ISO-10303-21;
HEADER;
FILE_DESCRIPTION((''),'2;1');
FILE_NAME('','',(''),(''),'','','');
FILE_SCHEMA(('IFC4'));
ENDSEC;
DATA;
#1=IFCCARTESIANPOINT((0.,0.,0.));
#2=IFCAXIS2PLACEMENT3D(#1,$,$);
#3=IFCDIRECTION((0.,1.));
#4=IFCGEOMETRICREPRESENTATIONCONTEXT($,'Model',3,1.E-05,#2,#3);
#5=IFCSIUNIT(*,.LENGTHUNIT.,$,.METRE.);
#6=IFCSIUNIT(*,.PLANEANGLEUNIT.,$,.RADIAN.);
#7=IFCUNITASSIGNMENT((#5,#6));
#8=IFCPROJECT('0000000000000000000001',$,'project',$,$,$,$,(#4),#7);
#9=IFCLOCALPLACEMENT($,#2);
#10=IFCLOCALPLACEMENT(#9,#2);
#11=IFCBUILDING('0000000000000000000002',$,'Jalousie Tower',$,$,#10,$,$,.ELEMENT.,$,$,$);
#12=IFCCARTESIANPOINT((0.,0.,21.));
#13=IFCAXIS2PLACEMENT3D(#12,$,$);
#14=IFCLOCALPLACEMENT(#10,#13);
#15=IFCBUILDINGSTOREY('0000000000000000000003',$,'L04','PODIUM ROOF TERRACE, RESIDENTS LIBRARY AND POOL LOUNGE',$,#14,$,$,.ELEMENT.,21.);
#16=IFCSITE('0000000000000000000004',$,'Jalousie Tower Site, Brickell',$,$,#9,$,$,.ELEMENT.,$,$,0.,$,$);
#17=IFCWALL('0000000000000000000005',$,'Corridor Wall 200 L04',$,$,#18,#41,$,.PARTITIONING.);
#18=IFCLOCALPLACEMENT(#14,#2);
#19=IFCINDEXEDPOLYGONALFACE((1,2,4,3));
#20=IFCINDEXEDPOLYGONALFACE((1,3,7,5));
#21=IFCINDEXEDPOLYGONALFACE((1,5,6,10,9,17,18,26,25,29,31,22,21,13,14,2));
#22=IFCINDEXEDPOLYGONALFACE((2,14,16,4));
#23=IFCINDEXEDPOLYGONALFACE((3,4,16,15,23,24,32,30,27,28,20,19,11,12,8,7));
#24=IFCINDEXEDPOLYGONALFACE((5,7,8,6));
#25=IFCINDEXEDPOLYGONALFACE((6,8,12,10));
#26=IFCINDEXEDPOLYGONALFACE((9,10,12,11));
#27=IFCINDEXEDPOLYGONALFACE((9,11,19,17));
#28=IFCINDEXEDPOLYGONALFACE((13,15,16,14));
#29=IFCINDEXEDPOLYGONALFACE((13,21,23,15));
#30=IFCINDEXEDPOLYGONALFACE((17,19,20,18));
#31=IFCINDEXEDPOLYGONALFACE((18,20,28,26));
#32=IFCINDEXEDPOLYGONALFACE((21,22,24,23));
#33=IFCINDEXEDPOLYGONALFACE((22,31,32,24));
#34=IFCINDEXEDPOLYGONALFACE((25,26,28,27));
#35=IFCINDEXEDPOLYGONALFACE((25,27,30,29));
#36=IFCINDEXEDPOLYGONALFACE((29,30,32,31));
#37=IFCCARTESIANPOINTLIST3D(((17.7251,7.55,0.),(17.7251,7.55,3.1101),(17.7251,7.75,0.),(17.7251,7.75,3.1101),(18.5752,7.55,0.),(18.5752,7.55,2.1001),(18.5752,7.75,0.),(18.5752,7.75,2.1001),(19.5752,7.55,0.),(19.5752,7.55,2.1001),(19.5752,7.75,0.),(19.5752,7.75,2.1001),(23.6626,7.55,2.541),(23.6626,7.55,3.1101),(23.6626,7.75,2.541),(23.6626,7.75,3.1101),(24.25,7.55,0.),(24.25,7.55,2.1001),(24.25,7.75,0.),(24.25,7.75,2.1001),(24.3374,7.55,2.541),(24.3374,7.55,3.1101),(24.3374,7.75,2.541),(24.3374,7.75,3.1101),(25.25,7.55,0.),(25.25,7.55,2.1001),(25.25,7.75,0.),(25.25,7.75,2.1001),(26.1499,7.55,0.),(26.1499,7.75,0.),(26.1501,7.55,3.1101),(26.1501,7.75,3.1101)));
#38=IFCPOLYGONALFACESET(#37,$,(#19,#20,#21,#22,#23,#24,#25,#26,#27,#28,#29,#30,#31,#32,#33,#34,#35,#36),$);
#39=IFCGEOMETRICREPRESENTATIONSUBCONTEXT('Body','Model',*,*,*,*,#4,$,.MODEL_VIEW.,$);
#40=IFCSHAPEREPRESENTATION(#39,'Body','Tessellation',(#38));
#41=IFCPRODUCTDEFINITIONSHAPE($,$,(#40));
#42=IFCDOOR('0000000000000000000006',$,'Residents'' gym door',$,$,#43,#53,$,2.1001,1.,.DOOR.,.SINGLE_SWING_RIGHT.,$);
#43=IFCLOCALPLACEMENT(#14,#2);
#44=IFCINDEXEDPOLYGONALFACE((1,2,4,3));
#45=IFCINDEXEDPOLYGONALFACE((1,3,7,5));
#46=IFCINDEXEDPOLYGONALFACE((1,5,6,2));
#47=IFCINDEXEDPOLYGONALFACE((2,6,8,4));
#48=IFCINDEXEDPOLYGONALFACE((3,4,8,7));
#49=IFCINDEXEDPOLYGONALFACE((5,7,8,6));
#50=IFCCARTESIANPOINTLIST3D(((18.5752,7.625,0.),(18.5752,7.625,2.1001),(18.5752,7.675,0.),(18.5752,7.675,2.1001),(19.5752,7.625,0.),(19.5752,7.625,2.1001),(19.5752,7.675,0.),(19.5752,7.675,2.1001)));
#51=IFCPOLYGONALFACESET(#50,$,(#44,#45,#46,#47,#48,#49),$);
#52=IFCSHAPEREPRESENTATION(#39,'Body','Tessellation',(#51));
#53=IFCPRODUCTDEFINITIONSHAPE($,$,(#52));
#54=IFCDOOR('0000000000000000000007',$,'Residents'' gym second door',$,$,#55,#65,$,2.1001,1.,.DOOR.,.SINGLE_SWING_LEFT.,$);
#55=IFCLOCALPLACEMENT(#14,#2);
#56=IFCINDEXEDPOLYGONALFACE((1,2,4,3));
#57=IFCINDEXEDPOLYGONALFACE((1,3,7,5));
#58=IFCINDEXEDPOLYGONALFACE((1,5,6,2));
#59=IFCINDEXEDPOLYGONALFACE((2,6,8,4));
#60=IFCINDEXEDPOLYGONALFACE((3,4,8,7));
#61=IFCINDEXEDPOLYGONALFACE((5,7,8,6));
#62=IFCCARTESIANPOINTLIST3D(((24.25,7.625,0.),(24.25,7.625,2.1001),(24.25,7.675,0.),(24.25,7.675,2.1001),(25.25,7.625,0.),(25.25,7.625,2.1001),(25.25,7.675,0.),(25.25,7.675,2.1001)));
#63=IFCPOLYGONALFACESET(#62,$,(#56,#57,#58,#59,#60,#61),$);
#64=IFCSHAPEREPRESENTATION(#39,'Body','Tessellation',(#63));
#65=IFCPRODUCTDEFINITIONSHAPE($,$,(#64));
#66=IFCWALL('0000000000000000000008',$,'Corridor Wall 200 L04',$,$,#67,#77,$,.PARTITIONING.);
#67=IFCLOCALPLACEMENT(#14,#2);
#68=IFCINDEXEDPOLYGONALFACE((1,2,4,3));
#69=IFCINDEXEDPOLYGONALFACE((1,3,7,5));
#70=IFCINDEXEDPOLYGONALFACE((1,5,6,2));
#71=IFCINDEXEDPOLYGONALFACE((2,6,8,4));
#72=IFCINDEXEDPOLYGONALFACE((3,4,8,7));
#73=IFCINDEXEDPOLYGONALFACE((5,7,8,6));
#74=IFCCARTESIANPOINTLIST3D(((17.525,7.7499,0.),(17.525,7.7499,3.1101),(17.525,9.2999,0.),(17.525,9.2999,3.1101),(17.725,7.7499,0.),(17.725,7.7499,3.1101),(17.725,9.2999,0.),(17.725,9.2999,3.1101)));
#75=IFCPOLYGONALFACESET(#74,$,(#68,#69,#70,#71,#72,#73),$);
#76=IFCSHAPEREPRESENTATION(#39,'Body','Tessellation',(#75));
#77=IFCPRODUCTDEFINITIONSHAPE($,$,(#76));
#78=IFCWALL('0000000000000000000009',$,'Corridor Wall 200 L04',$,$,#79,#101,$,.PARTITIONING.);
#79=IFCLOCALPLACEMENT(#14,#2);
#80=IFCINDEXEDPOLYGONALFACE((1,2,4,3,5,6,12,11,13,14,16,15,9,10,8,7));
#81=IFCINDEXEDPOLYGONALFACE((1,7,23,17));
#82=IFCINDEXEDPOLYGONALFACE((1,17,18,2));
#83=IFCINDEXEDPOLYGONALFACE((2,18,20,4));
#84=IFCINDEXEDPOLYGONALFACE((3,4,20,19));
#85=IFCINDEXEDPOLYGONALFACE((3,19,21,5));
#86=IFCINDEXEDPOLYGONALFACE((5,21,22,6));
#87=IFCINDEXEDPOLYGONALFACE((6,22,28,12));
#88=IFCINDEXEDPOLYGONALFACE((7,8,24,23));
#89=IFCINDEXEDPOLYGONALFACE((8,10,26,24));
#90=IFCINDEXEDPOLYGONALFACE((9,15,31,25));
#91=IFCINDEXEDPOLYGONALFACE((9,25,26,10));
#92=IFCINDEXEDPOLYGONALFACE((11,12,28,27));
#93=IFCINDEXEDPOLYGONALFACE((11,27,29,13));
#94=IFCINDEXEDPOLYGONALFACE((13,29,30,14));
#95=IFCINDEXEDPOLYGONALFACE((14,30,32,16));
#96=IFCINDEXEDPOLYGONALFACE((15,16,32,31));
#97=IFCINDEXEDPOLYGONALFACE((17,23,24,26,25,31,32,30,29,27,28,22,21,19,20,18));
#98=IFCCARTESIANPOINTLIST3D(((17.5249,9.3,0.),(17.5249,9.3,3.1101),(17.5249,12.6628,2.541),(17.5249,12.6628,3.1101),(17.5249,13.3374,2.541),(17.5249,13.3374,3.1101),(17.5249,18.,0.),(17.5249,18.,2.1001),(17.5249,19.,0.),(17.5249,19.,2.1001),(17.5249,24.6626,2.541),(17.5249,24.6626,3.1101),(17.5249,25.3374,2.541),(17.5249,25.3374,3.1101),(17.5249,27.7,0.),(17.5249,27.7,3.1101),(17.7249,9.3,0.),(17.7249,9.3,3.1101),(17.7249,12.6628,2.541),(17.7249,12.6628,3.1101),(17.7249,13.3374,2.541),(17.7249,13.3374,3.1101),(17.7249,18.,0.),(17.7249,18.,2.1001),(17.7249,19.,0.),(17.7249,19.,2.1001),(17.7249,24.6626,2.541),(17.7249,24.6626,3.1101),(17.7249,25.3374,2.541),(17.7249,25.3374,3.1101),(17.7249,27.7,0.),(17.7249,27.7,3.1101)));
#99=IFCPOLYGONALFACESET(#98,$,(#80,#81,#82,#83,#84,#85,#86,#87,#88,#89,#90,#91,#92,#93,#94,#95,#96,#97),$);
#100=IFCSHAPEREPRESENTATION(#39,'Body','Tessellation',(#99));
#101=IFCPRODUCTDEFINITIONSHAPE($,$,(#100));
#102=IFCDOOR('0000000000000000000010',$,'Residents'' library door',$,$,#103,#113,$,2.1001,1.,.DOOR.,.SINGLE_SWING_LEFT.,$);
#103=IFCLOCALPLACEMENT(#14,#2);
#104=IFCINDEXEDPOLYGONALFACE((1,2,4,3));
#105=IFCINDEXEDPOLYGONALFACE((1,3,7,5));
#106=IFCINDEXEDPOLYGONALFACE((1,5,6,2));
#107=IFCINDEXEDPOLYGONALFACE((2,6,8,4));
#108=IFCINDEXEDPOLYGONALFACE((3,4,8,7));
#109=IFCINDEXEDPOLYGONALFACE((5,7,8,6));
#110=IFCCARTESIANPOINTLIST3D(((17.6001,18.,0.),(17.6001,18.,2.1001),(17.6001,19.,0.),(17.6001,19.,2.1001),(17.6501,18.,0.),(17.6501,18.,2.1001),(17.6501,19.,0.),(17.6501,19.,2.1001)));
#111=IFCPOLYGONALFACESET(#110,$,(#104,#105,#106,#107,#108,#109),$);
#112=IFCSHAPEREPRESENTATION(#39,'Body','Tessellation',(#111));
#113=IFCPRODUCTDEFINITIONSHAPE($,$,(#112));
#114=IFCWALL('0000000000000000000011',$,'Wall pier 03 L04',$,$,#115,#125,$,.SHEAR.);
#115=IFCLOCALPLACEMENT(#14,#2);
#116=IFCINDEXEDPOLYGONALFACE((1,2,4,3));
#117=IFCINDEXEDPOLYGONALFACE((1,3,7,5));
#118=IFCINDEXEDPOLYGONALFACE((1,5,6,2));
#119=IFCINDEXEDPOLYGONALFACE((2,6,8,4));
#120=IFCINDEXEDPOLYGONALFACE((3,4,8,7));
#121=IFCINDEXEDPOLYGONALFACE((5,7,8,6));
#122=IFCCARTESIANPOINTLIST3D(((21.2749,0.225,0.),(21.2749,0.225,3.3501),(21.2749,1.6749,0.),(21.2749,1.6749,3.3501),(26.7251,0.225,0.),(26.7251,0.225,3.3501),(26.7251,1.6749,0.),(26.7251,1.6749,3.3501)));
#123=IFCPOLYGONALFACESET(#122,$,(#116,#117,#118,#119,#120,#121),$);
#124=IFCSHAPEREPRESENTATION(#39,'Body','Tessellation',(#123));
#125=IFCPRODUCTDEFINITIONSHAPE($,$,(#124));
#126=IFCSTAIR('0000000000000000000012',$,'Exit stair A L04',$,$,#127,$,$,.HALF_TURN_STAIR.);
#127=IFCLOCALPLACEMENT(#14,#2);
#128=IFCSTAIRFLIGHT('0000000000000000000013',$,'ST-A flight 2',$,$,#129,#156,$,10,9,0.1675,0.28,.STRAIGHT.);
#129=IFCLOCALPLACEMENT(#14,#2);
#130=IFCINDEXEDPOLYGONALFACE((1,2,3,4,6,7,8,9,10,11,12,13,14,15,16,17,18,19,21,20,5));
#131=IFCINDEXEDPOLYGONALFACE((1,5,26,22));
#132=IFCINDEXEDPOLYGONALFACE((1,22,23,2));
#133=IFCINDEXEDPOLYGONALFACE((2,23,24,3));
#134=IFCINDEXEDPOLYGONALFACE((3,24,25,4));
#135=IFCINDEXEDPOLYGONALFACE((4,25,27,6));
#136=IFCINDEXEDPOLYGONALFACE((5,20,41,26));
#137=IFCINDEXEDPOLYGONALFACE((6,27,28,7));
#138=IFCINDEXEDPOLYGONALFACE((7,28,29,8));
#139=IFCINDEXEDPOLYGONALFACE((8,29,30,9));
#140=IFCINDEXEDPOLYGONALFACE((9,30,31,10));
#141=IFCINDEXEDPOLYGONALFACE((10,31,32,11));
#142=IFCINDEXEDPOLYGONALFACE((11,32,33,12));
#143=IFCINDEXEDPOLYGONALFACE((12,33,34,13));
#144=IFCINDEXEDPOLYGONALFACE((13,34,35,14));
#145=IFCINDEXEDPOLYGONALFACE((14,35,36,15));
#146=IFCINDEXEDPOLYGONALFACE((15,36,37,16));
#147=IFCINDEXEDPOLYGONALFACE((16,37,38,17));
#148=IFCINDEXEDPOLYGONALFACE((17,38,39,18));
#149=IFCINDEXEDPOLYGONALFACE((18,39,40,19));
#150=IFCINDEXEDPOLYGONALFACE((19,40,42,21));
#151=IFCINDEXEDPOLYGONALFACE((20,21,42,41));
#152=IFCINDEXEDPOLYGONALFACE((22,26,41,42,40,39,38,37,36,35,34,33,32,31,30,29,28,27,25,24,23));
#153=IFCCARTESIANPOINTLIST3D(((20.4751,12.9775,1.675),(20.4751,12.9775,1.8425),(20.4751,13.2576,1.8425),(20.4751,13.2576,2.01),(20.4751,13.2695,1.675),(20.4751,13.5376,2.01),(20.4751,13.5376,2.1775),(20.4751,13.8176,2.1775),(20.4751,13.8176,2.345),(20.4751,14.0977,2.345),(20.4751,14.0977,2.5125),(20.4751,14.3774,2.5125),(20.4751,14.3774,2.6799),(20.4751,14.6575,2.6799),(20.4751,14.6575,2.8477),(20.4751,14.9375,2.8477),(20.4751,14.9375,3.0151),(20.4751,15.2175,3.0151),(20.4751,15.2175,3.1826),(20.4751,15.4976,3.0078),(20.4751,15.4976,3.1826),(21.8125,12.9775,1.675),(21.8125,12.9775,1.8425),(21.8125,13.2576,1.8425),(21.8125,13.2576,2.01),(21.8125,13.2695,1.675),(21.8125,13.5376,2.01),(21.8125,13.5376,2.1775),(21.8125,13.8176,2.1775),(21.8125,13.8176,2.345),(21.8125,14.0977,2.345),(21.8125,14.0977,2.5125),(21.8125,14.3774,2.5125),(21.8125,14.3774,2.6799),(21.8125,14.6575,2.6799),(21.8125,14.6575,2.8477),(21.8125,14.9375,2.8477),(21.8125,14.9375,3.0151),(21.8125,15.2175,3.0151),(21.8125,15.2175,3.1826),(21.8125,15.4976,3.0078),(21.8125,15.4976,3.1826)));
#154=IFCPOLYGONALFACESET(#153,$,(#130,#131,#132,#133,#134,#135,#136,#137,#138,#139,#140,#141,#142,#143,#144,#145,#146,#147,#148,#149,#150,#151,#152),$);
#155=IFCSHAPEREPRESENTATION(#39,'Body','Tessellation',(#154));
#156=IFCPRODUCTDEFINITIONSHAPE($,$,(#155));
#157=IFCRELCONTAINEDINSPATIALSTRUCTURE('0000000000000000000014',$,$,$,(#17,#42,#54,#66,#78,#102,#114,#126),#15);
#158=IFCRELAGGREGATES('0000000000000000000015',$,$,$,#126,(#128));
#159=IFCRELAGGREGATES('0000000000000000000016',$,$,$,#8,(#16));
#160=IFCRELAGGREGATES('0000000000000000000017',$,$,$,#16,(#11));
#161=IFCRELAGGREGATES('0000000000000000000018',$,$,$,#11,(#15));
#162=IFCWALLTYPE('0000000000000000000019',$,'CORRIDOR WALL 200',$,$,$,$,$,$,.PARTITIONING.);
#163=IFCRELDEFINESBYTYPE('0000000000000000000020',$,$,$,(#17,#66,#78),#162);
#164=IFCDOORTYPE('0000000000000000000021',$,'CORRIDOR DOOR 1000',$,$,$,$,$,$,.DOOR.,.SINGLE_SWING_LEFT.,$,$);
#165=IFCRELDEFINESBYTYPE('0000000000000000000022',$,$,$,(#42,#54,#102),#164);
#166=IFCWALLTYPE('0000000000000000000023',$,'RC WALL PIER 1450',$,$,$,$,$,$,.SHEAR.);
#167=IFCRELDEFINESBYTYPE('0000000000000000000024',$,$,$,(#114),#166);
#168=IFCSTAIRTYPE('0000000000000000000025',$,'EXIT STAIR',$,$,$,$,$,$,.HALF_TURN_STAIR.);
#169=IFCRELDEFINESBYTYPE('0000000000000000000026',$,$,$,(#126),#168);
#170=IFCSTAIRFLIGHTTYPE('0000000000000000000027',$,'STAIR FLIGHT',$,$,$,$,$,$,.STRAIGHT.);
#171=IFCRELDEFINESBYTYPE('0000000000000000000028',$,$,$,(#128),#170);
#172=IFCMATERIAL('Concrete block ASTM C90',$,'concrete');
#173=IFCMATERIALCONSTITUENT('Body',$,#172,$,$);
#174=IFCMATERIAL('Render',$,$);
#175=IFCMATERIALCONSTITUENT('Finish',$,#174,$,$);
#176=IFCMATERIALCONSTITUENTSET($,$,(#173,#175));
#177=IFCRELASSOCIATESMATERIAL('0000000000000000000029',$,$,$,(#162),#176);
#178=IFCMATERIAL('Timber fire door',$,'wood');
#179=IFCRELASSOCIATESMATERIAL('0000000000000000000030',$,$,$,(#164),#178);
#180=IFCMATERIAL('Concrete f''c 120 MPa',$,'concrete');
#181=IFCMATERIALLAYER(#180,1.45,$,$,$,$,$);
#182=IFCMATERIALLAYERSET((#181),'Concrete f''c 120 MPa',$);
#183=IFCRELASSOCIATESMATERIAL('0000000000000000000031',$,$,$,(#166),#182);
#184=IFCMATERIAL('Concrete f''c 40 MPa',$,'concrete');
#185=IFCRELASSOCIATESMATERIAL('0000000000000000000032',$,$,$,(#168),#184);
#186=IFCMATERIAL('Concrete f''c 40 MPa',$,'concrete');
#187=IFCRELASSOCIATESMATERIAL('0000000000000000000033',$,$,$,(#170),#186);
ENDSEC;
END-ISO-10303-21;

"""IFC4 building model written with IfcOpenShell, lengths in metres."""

from ifc_helpers import new_model, si_unit, direction, frame, frame_2d, origin, place, context, subcontext, project, spatial, polyline, rectangle, outline, extrude, material, layer, layer_set, constituent, constituent_set, type_object, element, fill, aggregate, save


model = new_model("IFC4")

# Units and contexts
model_context = context("Model", 3, precision=1e-05, world=origin(), true_north=direction((0.0, 1.0)))
body_context = subcontext(model_context, "Body", "Model", "MODEL_VIEW")
ifc_project = project(units=[si_unit("LENGTHUNIT", "METRE"), si_unit("PLANEANGLEUNIT", "RADIAN")], contexts=[model_context])

# Site, building, storey
site_placement = place(None, origin())
site = spatial("IfcSite", under=ifc_project, at=site_placement, Name="Jalousie Tower Site, Brickell", CompositionType="ELEMENT", RefElevation=0.0)
building_placement = place(site_placement, origin())
building = spatial("IfcBuilding", under=site, at=building_placement, Name="Jalousie Tower", CompositionType="ELEMENT")
storey_placement = place(building_placement, frame((0.0, 0.0, 21.0)))
storey = spatial("IfcBuildingStorey", under=building, at=storey_placement, Name="L04", Description="PODIUM ROOF TERRACE, RESIDENTS LIBRARY AND POOL LOUNGE", CompositionType="ELEMENT", Elevation=21.0)

# Wall, openings, doors
ifc_material_1 = material(Name="Concrete block ASTM C90", Category="concrete")
ifc_constituent_1 = constituent(ifc_material_1, Name="Body")
ifc_material_2 = material(Name="Render")
ifc_constituent_2 = constituent(ifc_material_2, Name="Finish")
ifc_constituent_set_1 = constituent_set(constituents=[ifc_constituent_1, ifc_constituent_2])
wall_type_1 = type_object("IfcWallType", Name="CORRIDOR WALL 200", PredefinedType="PARTITIONING", material=ifc_constituent_set_1)
wall_1_placement = place(storey_placement, frame((17.7251, 7.6499, 0.0), z_axis=(0.0, 0.0, 1.0), x_axis=(1.0, 0.0, 0.0)))
wall_1 = element("IfcWall", 1, at=wall_1_placement, inside=storey, type_object=wall_type_1, Name="Corridor Wall 200 L04", PredefinedType="PARTITIONING", context=body_context, shape_type="SweptSolid", body=[
    extrude(outline(polyline([(0.0, 0.0), (8.4248, 0.0), (8.425, 3.1101), (6.6123, 3.1101), (6.6123, 2.541), (5.9375, 2.541), (5.9375, 3.1101), (0.0, 3.1101), (0.0, 0.0)])), frame((0.0, 0.1001, 0.0), z_axis=(0.0, -1.0, 0.0), x_axis=(1.0, 0.0, 0.0)), (0.0, 0.0, 1.0), 0.2),
])
opening_1_placement = place(wall_1_placement, frame((0.8501, 0.0, 0.0)))
opening_1 = element("IfcOpeningElement", 2, at=opening_1_placement, cuts=wall_1, PredefinedType="OPENING", context=body_context, shape_type="SweptSolid", body=[
    extrude(rectangle(XDim=1.0, YDim=2.1001, at=frame_2d((0.5, 1.05))), frame((0.0, 0.1099, 0.0), z_axis=(0.0, -1.0, 0.0), x_axis=(1.0, 0.0, 0.0)), (0.0, 0.0, 1.0), 0.22),
])
opening_2_placement = place(wall_1_placement, frame((6.5249, 0.0, 0.0)))
opening_2 = element("IfcOpeningElement", 3, at=opening_2_placement, cuts=wall_1, PredefinedType="OPENING", context=body_context, shape_type="SweptSolid", body=[
    extrude(rectangle(XDim=1.0, YDim=2.1001, at=frame_2d((0.5, 1.05))), frame((0.0, 0.1099, 0.0), z_axis=(0.0, -1.0, 0.0), x_axis=(1.0, 0.0, 0.0)), (0.0, 0.0, 1.0), 0.22),
])
ifc_material_3 = material(Name="Timber fire door", Category="wood")
door_type_1 = type_object("IfcDoorType", Name="CORRIDOR DOOR 1000", OperationType="SINGLE_SWING_LEFT", PredefinedType="DOOR", material=ifc_material_3)
door_1_placement = place(opening_1_placement, frame((1.0, 0.0, 0.0), z_axis=(0.0, 0.0, 1.0), x_axis=(-1.0, 0.0, 0.0)))
door_1 = element("IfcDoor", 4, at=door_1_placement, inside=storey, type_object=door_type_1, Name="Residents' gym door", OperationType="SINGLE_SWING_RIGHT", OverallHeight=2.1001, OverallWidth=1.0, PredefinedType="DOOR", context=body_context, shape_type="SweptSolid", body=[
    extrude(rectangle(XDim=1.0, YDim=2.1001, at=frame_2d((0.5, 1.05))), frame((0.0, 0.0249, 0.0), z_axis=(0.0, -1.0, 0.0), x_axis=(1.0, 0.0, 0.0)), (0.0, 0.0, 1.0), 0.05),
])
fill(opening_1, door_1)
door_2_placement = place(opening_2_placement, frame((1.0, 0.0, 0.0), z_axis=(0.0, 0.0, 1.0), x_axis=(-1.0, 0.0, 0.0)))
door_2 = element("IfcDoor", 5, at=door_2_placement, inside=storey, type_object=door_type_1, Name="Residents' gym second door", OperationType="SINGLE_SWING_LEFT", OverallHeight=2.1001, OverallWidth=1.0, PredefinedType="DOOR", context=body_context, shape_type="SweptSolid", body=[
    extrude(rectangle(XDim=1.0, YDim=2.1001, at=frame_2d((0.5, 1.05))), frame((0.0, 0.0249, 0.0), z_axis=(0.0, -1.0, 0.0), x_axis=(1.0, 0.0, 0.0)), (0.0, 0.0, 1.0), 0.05),
])
fill(opening_2, door_2)

# Wall
wall_2_placement = place(storey_placement, frame((17.625, 7.75, 0.0), z_axis=(0.0, 0.0, 1.0), x_axis=(0.0, 1.0, 0.0)))
element("IfcWall", 6, at=wall_2_placement, inside=storey, type_object=wall_type_1, Name="Corridor Wall 200 L04", PredefinedType="PARTITIONING", context=body_context, shape_type="SweptSolid", body=[
    extrude(rectangle(XDim=1.55, YDim=0.2, at=frame_2d((0.7749, 0.0))), origin(), (0.0, 0.0, 1.0), 3.1101),
])

# Wall, opening, door
wall_3_placement = place(storey_placement, frame((17.625, 9.3, 0.0), z_axis=(0.0, 0.0, 1.0), x_axis=(0.0, 1.0, 0.0)))
wall_3 = element("IfcWall", 7, at=wall_3_placement, inside=storey, type_object=wall_type_1, Name="Corridor Wall 200 L04", PredefinedType="PARTITIONING", context=body_context, shape_type="SweptSolid", body=[
    extrude(outline(polyline([(0.0, 0.0), (18.3999, 0.0), (18.3999, 3.1101), (16.0374, 3.1101), (16.0374, 2.541), (15.3625, 2.541), (15.3625, 3.1101), (4.0374, 3.1101), (4.0374, 2.541), (3.3628, 2.541), (3.3628, 3.1101), (0.0, 3.1101), (0.0, 0.0)])), frame((0.0, 0.1001, 0.0), z_axis=(0.0, -1.0, 0.0), x_axis=(1.0, 0.0, 0.0)), (0.0, 0.0, 1.0), 0.2),
])
opening_3_placement = place(wall_3_placement, frame((8.7, 0.0, 0.0)))
opening_3 = element("IfcOpeningElement", 8, at=opening_3_placement, cuts=wall_3, PredefinedType="OPENING", context=body_context, shape_type="SweptSolid", body=[
    extrude(rectangle(XDim=1.0, YDim=2.1001, at=frame_2d((0.5, 1.05))), frame((0.0, 0.1099, 0.0), z_axis=(0.0, -1.0, 0.0), x_axis=(1.0, 0.0, 0.0)), (0.0, 0.0, 1.0), 0.22),
])
door_3_placement = place(opening_3_placement, origin())
door_3 = element("IfcDoor", 9, at=door_3_placement, inside=storey, type_object=door_type_1, Name="Residents' library door", OperationType="SINGLE_SWING_LEFT", OverallHeight=2.1001, OverallWidth=1.0, PredefinedType="DOOR", context=body_context, shape_type="SweptSolid", body=[
    extrude(rectangle(XDim=1.0, YDim=2.1001, at=frame_2d((0.5, 1.05))), frame((0.0, 0.0249, 0.0), z_axis=(0.0, -1.0, 0.0), x_axis=(1.0, 0.0, 0.0)), (0.0, 0.0, 1.0), 0.05),
])
fill(opening_3, door_3)

# Wall
ifc_material_4 = material(Name="Concrete f'c 120 MPa", Category="concrete")
ifc_layer_1 = layer(ifc_material_4, 1.45)
ifc_layer_set_1 = layer_set([ifc_layer_1], Name="Concrete f'c 120 MPa")
wall_type_2 = type_object("IfcWallType", Name="RC WALL PIER 1450", PredefinedType="SHEAR", material=ifc_layer_set_1)
wall_4_placement = place(storey_placement, frame((21.2749, 0.95, 0.0), z_axis=(0.0, 0.0, 1.0), x_axis=(1.0, 0.0, 0.0)))
element("IfcWall", 10, at=wall_4_placement, inside=storey, type_object=wall_type_2, Name="Wall pier 03 L04", PredefinedType="SHEAR", context=body_context, shape_type="SweptSolid", body=[
    extrude(rectangle(XDim=5.4502, YDim=1.45, at=frame_2d((2.7251, 0.0))), origin(), (0.0, 0.0, 1.0), 3.3501),
])

# Stair, stair flight
ifc_material_5 = material(Name="Concrete f'c 40 MPa", Category="concrete")
stair_type = type_object("IfcStairType", Name="EXIT STAIR", PredefinedType="HALF_TURN_STAIR", material=ifc_material_5)
stair_placement = place(storey_placement, origin())
stair = element("IfcStair", 11, at=stair_placement, inside=storey, type_object=stair_type, Name="Exit stair A L04", PredefinedType="HALF_TURN_STAIR")
ifc_material_6 = material(Name="Concrete f'c 40 MPa", Category="concrete")
stair_flight_type = type_object("IfcStairFlightType", Name="STAIR FLIGHT", PredefinedType="STRAIGHT", material=ifc_material_6)
stair_flight_placement = place(storey_placement, frame((21.1438, 12.9775, 1.675), z_axis=(0.0, 0.0, 1.0), x_axis=(0.0, 1.0, 0.0)))
stair_flight = element("IfcStairFlight", 12, at=stair_flight_placement, type_object=stair_flight_type, Name="ST-A flight 2", NumberOfRisers=10, NumberOfTreads=9, PredefinedType="STRAIGHT", RiserHeight=0.1675, TreadLength=0.28, context=body_context, shape_type="SweptSolid", body=[
    extrude(outline(polyline([(0.0, 0.0), (0.0, 0.1675), (0.28, 0.1675), (0.28, 0.335), (0.5601, 0.335), (0.5601, 0.5024), (0.8401, 0.5024), (0.8401, 0.6699), (1.1201, 0.6699), (1.1201, 0.8374), (1.3999, 0.8374), (1.3999, 1.0049), (1.6799, 1.0049), (1.6799, 1.1726), (1.96, 1.1726), (1.96, 1.3401), (2.24, 1.3401), (2.24, 1.5076), (2.52, 1.5076), (2.52, 1.675), (2.52, 1.3328), (0.292, 0.0), (0.0, 0.0)])), frame((0.0, 0.6687, 0.0), z_axis=(0.0, -1.0, 0.0), x_axis=(1.0, 0.0, 0.0)), (0.0, 0.0, 1.0), 1.3374),
])
aggregate(stair, [stair_flight])

save(model, "model.ifc")
